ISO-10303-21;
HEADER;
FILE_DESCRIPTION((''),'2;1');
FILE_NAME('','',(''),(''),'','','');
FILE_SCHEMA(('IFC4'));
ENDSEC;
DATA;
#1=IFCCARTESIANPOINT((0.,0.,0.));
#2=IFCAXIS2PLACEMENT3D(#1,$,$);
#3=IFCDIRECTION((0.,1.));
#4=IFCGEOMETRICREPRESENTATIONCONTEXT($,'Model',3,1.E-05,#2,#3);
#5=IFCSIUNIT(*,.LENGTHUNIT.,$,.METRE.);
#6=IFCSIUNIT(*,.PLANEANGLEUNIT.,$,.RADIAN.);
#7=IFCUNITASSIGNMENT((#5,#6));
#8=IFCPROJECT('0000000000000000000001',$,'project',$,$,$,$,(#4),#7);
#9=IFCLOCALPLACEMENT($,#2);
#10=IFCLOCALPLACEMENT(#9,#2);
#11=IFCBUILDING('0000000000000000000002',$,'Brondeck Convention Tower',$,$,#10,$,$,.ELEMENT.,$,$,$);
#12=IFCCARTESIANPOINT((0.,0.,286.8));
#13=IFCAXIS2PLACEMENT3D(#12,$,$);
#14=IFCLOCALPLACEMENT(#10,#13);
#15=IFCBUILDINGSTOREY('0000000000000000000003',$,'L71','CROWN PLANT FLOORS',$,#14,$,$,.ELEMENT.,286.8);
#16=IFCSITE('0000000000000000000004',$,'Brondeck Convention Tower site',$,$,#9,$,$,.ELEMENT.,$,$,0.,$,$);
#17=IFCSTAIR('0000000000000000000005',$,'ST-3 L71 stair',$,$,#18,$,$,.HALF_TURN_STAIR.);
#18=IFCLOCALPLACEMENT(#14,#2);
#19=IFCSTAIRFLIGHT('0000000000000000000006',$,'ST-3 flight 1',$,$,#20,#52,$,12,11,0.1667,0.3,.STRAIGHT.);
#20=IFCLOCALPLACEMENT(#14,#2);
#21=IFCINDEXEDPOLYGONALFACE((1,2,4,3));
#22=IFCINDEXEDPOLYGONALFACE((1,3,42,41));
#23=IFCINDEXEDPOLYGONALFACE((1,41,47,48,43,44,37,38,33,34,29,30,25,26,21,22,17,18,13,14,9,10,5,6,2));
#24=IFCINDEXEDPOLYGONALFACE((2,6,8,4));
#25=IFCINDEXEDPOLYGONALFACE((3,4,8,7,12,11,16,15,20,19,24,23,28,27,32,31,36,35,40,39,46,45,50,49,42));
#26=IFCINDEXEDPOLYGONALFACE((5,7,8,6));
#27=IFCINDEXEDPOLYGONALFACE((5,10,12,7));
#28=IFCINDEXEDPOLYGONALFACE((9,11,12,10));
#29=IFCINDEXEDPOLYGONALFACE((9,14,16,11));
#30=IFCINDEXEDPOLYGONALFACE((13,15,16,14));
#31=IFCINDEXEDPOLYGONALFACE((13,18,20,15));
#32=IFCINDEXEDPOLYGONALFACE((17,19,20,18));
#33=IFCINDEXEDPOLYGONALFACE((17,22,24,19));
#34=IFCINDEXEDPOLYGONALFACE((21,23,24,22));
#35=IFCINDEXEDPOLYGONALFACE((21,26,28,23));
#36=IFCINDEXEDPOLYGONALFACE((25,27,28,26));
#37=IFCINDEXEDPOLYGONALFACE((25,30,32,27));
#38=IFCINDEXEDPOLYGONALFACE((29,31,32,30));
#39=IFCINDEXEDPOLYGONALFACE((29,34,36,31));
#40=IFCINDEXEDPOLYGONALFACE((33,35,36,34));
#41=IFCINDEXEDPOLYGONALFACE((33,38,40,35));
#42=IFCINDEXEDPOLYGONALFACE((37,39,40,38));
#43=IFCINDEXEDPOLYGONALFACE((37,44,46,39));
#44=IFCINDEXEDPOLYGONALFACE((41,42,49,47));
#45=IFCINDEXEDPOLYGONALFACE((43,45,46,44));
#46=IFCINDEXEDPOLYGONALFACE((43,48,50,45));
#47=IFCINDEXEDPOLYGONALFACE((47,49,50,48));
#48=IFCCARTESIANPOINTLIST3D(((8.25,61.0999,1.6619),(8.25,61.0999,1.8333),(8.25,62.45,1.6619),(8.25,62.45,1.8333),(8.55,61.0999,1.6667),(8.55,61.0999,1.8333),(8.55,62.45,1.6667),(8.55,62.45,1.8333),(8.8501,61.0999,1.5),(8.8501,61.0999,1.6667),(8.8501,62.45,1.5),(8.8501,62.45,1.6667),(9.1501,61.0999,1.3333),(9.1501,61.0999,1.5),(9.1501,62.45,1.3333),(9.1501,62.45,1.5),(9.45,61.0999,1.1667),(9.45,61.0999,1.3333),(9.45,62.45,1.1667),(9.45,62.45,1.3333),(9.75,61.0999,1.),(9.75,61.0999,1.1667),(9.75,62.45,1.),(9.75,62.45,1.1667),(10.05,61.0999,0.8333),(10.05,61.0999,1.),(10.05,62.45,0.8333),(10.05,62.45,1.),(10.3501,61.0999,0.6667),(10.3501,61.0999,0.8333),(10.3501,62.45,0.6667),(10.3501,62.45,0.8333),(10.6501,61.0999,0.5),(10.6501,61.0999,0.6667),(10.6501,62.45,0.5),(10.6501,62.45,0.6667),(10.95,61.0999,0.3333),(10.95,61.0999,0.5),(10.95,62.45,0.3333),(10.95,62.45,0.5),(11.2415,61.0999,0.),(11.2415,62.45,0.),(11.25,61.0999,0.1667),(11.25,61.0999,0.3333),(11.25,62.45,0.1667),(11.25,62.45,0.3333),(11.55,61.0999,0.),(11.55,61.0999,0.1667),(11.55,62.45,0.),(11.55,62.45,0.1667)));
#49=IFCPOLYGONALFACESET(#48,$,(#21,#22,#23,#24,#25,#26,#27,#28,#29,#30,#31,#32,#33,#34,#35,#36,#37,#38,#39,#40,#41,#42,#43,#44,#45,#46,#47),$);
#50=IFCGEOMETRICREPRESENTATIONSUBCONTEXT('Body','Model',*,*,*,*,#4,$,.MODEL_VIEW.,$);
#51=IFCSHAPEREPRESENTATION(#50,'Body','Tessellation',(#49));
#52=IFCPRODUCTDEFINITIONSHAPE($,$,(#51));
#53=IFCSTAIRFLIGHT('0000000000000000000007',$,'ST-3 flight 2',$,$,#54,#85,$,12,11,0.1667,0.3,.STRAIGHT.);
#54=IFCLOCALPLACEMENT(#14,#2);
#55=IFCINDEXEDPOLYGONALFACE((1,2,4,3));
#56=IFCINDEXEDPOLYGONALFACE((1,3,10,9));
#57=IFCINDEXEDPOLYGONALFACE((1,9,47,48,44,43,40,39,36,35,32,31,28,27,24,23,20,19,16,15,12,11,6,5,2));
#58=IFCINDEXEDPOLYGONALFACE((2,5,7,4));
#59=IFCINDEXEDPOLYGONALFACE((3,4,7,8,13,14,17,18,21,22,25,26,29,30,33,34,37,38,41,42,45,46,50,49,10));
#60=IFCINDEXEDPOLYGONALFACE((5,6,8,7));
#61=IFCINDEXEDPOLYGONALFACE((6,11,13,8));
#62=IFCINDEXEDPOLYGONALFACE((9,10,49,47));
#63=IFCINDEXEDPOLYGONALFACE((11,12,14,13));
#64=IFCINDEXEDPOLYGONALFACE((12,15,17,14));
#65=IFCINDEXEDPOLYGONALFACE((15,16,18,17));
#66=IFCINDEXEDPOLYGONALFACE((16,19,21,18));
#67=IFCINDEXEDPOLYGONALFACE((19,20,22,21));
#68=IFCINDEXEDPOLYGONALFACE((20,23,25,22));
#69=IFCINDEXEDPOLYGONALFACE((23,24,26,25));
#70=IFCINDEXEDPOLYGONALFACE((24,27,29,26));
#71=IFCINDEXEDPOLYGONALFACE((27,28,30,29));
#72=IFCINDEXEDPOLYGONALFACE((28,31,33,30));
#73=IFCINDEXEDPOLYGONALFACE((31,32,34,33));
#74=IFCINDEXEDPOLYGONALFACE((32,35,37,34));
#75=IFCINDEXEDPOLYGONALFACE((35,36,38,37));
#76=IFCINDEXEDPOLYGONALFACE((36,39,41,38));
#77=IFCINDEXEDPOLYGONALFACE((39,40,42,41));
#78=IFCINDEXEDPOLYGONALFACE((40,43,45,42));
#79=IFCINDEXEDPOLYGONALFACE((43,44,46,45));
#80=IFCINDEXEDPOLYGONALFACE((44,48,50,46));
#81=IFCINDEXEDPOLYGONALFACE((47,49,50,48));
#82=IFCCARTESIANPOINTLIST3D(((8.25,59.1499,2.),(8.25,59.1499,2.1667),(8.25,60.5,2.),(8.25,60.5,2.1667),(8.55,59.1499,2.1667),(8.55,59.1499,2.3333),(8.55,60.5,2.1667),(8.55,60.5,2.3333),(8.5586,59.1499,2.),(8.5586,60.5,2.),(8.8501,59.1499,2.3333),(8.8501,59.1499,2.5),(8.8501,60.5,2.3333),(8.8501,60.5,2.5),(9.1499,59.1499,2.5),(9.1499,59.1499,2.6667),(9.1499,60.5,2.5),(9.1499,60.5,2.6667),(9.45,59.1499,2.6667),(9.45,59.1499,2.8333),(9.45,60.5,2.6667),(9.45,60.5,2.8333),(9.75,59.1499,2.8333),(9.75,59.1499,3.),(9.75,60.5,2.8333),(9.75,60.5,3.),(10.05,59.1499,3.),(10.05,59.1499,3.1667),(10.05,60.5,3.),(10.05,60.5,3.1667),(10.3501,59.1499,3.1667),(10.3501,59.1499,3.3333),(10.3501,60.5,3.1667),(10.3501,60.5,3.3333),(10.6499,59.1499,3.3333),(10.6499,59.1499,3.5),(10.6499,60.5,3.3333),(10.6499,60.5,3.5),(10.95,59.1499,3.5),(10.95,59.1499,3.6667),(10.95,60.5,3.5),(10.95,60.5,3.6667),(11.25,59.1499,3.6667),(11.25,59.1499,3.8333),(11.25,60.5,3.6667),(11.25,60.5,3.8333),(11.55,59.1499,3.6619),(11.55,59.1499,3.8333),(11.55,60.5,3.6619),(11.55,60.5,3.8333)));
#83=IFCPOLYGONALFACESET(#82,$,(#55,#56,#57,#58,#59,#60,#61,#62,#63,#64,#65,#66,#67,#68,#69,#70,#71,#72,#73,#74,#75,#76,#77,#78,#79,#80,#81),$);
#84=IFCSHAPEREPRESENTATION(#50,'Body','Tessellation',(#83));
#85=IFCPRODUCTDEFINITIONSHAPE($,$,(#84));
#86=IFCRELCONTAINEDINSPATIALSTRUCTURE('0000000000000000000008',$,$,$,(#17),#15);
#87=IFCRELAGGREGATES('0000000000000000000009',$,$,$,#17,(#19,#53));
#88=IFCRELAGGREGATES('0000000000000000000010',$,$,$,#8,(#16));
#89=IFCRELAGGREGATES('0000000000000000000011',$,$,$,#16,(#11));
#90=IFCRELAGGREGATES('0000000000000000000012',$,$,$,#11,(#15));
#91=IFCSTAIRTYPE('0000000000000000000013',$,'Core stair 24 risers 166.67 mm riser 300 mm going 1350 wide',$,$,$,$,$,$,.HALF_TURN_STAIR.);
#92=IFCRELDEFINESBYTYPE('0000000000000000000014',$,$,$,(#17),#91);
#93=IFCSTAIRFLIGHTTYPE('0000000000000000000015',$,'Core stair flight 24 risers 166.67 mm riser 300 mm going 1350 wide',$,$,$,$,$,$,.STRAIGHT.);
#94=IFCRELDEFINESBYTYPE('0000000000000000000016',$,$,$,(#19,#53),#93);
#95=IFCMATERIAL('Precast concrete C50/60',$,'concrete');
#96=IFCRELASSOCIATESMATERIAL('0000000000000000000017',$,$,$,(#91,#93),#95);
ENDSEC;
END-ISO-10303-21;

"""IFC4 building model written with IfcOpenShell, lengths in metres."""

from ifc_helpers import new_model, si_unit, direction, frame, origin, place, context, subcontext, project, spatial, polyline, outline, extrude, material, type_object, element, aggregate, save


model = new_model("IFC4")

# Units and contexts
model_context = context("Model", 3, precision=1e-05, world=origin(), true_north=direction((0.0, 1.0)))
body_context = subcontext(model_context, "Body", "Model", "MODEL_VIEW")
ifc_project = project(units=[si_unit("LENGTHUNIT", "METRE"), si_unit("PLANEANGLEUNIT", "RADIAN")], contexts=[model_context])

# Site, building, storey
site_placement = place(None, origin())
site = spatial("IfcSite", under=ifc_project, at=site_placement, Name="Brondeck Convention Tower site", CompositionType="ELEMENT", RefElevation=0.0)
building_placement = place(site_placement, origin())
building = spatial("IfcBuilding", under=site, at=building_placement, Name="Brondeck Convention Tower", CompositionType="ELEMENT")
storey_placement = place(building_placement, frame((0.0, 0.0, 286.8)))
storey = spatial("IfcBuildingStorey", under=building, at=storey_placement, Name="L71", Description="CROWN PLANT FLOORS", CompositionType="ELEMENT", Elevation=286.8)

# Stair, stair flights
ifc_material_1 = material(Name="Precast concrete C50/60", Category="concrete")
stair_type = type_object("IfcStairType", Name="Core stair 24 risers 166.67 mm riser 300 mm going 1350 wide", PredefinedType="HALF_TURN_STAIR", material=ifc_material_1)
stair_placement = place(storey_placement, origin())
stair = element("IfcStair", 1, at=stair_placement, inside=storey, type_object=stair_type, Name="ST-3 L71 stair", PredefinedType="HALF_TURN_STAIR")
stair_flight_type = type_object("IfcStairFlightType", Name="Core stair flight 24 risers 166.67 mm riser 300 mm going 1350 wide", PredefinedType="STRAIGHT", material=ifc_material_1)
stair_flight_1_placement = place(storey_placement, frame((11.55, 61.7749, 0.0), z_axis=(0.0, 0.0, 1.0), x_axis=(-1.0, 0.0, 0.0)))
stair_flight_1 = element("IfcStairFlight", 2, at=stair_flight_1_placement, type_object=stair_flight_type, Name="ST-3 flight 1", NumberOfRisers=12, NumberOfTreads=11, PredefinedType="STRAIGHT", RiserHeight=0.1667, TreadLength=0.3, context=body_context, shape_type="SweptSolid", body=[
    extrude(outline(polyline([(0.0, 0.0), (0.0, 0.1667), (0.3, 0.1667), (0.3, 0.3333), (0.6001, 0.3333), (0.6001, 0.5), (0.8999, 0.5), (0.8999, 0.6667), (1.2, 0.6667), (1.2, 0.8333), (1.5, 0.8333), (1.5, 1.0), (1.8, 1.0), (1.8, 1.1667), (2.1001, 1.1667), (2.1001, 1.3333), (2.3999, 1.3333), (2.3999, 1.5), (2.7, 1.5), (2.7, 1.6667), (3.0, 1.6667), (3.0, 1.8333), (3.3, 1.8333), (3.3, 2.0), (3.3, 1.6619), (0.3086, 0.0), (0.0, 0.0)])), frame((0.0, 0.675, 0.0), z_axis=(0.0, -1.0, 0.0), x_axis=(1.0, 0.0, 0.0)), (0.0, 0.0, 1.0), 1.3501),
])
stair_flight_2_placement = place(storey_placement, frame((8.25, 59.825, 2.0), z_axis=(0.0, 0.0, 1.0), x_axis=(1.0, 0.0, 0.0)))
stair_flight_2 = element("IfcStairFlight", 3, at=stair_flight_2_placement, type_object=stair_flight_type, Name="ST-3 flight 2", NumberOfRisers=12, NumberOfTreads=11, PredefinedType="STRAIGHT", RiserHeight=0.1667, TreadLength=0.3, context=body_context, shape_type="SweptSolid", body=[
    extrude(outline(polyline([(0.0, 0.0), (0.0, 0.1667), (0.3, 0.1667), (0.3, 0.3333), (0.6001, 0.3333), (0.6001, 0.5), (0.8999, 0.5), (0.8999, 0.6667), (1.2, 0.6667), (1.2, 0.8333), (1.5, 0.8333), (1.5, 1.0), (1.8, 1.0), (1.8, 1.1667), (2.1001, 1.1667), (2.1001, 1.3333), (2.3999, 1.3333), (2.3999, 1.5), (2.7, 1.5), (2.7, 1.6667), (3.0, 1.6667), (3.0, 1.8333), (3.3, 1.8333), (3.3, 2.0), (3.3, 1.6619), (0.3086, 0.0), (0.0, 0.0)])), frame((0.0, 0.675, 0.0), z_axis=(0.0, -1.0, 0.0), x_axis=(1.0, 0.0, 0.0)), (0.0, 0.0, 1.0), 1.3501),
])
aggregate(stair, [stair_flight_1, stair_flight_2])

save(model, "model.ifc")
